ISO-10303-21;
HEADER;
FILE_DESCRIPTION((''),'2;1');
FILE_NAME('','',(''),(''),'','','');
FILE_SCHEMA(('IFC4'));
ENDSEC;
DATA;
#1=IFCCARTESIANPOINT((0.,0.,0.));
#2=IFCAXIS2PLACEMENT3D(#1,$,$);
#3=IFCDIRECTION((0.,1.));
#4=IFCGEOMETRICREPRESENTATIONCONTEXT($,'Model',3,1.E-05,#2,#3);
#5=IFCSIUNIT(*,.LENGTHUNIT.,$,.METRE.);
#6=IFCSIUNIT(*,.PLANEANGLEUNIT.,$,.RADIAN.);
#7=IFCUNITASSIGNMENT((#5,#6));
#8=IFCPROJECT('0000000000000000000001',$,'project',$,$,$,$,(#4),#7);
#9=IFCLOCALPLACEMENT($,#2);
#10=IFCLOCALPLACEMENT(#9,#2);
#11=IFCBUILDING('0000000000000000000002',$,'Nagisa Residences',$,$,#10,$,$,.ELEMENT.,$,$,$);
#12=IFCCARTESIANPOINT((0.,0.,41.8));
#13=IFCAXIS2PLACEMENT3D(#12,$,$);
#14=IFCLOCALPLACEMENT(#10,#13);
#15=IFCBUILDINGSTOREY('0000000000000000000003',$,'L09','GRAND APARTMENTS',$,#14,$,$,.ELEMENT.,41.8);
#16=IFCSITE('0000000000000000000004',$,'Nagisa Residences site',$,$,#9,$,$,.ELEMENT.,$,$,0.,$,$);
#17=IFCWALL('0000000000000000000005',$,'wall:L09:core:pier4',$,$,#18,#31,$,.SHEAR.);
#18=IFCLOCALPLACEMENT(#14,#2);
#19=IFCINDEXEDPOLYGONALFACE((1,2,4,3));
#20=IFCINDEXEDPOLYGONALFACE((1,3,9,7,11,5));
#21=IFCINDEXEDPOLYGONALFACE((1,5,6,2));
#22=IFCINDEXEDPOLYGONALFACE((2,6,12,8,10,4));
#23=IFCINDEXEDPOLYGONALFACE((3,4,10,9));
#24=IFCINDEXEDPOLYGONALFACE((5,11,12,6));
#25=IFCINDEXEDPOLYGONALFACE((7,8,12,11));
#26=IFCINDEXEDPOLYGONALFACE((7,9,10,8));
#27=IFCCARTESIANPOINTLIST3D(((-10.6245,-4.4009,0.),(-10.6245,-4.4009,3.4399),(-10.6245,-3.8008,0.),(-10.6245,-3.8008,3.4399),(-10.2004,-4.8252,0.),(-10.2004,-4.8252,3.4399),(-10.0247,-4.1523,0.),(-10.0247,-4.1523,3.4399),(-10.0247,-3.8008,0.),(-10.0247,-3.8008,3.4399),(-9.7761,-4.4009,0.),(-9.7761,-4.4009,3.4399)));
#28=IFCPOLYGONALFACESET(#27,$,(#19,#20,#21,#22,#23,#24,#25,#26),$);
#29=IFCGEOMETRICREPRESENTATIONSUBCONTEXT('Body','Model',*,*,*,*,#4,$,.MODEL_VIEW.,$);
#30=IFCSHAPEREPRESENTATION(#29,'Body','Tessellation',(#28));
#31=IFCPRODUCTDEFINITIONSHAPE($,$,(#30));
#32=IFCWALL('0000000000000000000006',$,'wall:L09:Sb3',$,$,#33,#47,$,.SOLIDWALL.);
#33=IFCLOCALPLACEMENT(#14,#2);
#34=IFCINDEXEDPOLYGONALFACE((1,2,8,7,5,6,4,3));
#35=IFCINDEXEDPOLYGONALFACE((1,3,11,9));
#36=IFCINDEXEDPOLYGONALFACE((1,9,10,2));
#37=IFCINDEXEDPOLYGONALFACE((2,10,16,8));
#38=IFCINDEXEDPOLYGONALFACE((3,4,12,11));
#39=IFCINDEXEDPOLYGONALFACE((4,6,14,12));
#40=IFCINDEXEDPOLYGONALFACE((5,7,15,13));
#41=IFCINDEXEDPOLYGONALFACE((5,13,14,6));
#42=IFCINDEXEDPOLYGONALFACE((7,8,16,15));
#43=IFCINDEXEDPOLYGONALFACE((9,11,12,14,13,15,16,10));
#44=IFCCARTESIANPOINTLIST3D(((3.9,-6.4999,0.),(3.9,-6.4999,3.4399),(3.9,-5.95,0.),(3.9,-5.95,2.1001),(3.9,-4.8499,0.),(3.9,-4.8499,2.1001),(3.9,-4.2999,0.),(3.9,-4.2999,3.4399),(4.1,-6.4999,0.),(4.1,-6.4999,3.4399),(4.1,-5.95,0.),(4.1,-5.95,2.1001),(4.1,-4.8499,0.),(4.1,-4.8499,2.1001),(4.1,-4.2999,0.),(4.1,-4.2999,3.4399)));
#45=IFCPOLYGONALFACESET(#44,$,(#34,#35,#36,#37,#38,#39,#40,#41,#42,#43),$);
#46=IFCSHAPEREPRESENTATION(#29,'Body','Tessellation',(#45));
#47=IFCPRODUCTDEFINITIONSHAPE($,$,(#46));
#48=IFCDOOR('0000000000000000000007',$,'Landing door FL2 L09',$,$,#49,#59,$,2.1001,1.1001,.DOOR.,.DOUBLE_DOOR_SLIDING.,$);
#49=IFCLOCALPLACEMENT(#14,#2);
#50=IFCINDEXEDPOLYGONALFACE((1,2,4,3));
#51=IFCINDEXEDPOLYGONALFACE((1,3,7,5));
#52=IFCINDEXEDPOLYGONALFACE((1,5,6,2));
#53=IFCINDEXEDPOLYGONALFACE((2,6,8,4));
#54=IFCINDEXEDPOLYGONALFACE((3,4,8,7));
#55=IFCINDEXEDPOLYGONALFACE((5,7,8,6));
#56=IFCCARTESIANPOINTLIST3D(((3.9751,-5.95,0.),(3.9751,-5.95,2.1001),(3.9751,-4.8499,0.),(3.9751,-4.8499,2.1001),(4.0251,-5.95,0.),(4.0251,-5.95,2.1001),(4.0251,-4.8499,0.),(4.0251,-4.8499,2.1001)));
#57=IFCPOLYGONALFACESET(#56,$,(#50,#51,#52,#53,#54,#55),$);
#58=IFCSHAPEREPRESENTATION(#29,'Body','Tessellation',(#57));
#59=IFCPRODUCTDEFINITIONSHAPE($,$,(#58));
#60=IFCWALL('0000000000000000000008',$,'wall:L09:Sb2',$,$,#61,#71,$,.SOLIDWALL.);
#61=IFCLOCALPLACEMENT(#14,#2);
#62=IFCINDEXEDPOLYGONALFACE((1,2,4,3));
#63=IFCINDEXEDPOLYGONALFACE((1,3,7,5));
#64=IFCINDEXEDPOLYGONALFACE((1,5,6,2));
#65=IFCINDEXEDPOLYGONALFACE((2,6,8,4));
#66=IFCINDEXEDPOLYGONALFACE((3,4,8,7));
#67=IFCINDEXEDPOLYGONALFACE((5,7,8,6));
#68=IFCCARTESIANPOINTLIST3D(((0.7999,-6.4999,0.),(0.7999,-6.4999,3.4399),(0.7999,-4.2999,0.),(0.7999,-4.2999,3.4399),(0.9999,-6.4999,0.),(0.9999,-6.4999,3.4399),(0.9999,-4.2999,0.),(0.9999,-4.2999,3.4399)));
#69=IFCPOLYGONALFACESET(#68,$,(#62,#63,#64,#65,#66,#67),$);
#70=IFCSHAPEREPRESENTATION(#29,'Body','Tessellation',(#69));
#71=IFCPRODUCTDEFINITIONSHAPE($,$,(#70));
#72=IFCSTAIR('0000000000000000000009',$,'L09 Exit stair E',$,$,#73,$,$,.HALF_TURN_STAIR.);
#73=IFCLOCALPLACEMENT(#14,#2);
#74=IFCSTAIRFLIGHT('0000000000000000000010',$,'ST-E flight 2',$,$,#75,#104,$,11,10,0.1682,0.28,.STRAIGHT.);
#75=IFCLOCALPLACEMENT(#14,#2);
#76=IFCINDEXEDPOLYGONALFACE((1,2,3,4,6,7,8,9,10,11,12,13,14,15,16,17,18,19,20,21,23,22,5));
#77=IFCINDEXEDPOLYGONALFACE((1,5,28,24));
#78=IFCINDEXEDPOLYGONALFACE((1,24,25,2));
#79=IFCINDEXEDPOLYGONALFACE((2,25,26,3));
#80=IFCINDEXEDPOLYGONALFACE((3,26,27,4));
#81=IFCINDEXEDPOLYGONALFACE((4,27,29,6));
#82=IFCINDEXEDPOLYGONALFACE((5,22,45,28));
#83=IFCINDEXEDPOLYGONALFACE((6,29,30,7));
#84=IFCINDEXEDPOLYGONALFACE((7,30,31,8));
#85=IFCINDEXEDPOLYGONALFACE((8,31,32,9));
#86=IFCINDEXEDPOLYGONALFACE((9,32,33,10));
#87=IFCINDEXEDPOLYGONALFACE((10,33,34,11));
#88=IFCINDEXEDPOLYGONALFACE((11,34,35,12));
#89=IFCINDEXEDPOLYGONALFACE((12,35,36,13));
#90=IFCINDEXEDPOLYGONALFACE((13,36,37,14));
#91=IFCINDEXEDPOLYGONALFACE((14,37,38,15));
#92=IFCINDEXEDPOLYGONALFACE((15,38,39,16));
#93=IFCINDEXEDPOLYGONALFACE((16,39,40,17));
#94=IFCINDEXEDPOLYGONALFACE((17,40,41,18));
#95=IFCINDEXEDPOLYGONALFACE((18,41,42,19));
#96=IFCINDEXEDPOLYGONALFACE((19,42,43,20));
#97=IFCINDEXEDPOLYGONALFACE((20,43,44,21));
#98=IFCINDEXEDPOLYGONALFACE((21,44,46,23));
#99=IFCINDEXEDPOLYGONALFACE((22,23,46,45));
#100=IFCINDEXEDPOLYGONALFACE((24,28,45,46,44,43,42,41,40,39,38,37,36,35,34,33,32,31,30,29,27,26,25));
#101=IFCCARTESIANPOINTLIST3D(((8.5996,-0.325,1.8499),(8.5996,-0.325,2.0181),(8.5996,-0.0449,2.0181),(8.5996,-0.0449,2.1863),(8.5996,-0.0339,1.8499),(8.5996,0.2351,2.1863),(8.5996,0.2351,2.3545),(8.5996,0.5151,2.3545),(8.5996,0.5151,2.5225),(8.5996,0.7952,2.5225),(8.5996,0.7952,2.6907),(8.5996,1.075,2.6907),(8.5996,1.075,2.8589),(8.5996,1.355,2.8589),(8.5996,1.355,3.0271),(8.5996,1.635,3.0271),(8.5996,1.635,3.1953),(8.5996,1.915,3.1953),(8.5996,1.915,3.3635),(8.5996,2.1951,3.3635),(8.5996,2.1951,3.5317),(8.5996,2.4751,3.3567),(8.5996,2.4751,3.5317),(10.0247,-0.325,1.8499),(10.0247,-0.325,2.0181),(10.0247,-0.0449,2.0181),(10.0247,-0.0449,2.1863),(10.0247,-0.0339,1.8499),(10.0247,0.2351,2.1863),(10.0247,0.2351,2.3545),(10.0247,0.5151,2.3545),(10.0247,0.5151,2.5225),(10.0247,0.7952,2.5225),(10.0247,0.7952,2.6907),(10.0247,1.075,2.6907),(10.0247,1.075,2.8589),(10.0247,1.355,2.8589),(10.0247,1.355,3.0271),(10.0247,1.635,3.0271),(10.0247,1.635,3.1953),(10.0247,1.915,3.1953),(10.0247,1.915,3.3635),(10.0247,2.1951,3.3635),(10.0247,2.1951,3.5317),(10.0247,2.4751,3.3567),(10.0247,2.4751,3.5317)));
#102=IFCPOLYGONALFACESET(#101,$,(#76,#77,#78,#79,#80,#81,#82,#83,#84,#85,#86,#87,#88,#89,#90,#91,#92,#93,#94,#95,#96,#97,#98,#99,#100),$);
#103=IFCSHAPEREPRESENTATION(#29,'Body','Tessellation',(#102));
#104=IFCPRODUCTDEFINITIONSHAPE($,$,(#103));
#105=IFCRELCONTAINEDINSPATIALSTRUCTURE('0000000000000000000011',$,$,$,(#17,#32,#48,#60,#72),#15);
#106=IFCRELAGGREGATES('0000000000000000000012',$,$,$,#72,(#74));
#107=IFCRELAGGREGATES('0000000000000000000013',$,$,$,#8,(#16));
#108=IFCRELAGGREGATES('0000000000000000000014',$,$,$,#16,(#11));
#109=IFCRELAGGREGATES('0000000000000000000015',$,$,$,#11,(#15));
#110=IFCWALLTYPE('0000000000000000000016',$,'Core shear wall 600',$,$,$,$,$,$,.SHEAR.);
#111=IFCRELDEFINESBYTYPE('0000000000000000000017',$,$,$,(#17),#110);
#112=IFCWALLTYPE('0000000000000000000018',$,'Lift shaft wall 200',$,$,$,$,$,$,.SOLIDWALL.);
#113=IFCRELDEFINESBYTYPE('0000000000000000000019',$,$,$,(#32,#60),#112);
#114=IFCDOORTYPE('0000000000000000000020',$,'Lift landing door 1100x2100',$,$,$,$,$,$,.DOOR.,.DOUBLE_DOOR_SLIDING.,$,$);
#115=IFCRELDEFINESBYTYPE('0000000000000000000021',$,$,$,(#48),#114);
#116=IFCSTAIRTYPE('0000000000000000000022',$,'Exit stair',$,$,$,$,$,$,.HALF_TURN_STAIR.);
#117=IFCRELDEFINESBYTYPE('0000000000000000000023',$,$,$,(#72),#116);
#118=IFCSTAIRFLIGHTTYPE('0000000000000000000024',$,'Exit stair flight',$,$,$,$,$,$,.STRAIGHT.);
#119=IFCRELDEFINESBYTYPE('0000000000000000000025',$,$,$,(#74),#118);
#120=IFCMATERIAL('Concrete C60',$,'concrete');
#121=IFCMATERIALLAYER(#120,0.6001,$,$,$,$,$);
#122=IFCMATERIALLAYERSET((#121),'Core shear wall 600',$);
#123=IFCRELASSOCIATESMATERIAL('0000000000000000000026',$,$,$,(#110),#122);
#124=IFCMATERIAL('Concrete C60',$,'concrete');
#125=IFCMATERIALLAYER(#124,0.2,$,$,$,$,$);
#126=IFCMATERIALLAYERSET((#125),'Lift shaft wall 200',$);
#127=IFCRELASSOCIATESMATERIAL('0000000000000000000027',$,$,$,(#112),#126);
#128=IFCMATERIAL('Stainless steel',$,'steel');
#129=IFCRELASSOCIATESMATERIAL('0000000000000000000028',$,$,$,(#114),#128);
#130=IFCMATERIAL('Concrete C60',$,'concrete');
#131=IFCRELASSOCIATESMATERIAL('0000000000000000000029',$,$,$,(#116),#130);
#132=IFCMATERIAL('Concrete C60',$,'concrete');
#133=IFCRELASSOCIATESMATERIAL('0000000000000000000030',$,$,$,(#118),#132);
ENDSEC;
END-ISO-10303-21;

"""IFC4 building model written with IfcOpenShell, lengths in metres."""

from ifc_helpers import new_model, si_unit, direction, frame, frame_2d, origin, place, context, subcontext, project, spatial, polyline, rectangle, outline, extrude, material, layer, layer_set, type_object, element, fill, aggregate, save


model = new_model("IFC4")

# Units and contexts
model_context = context("Model", 3, precision=1e-05, world=origin(), true_north=direction((0.0, 1.0)))
body_context = subcontext(model_context, "Body", "Model", "MODEL_VIEW")
ifc_project = project(units=[si_unit("LENGTHUNIT", "METRE"), si_unit("PLANEANGLEUNIT", "RADIAN")], contexts=[model_context])

# Site, building, storey
site_placement = place(None, origin())
site = spatial("IfcSite", under=ifc_project, at=site_placement, Name="Nagisa Residences site", CompositionType="ELEMENT", RefElevation=0.0)
building_placement = place(site_placement, origin())
building = spatial("IfcBuilding", under=site, at=building_placement, Name="Nagisa Residences", CompositionType="ELEMENT")
storey_placement = place(building_placement, frame((0.0, 0.0, 41.8)))
storey = spatial("IfcBuildingStorey", under=building, at=storey_placement, Name="L09", Description="GRAND APARTMENTS", CompositionType="ELEMENT", Elevation=41.8)

# Wall
ifc_material_1 = material(Name="Concrete C60", Category="concrete")
ifc_layer_1 = layer(ifc_material_1, 0.6001)
ifc_layer_set_1 = layer_set([ifc_layer_1], Name="Core shear wall 600")
wall_type_1 = type_object("IfcWallType", Name="Core shear wall 600", PredefinedType="SHEAR", material=ifc_layer_set_1)
wall_1_placement = place(storey_placement, origin())
element("IfcWall", 1, at=wall_1_placement, inside=storey, type_object=wall_type_1, Name="wall:L09:core:pier4", PredefinedType="SHEAR", context=body_context, shape_type="SweptSolid", body=[
    extrude(outline(polyline([(-10.6245, -3.8008), (-10.0247, -3.8008), (-10.0247, -4.1523), (-9.7761, -4.4009), (-10.2004, -4.8252), (-10.6245, -4.4009), (-10.6245, -3.8008)])), origin(), (0.0, 0.0, 1.0), 3.4399),
])

# Wall, opening, door
ifc_material_2 = material(Name="Concrete C60", Category="concrete")
ifc_layer_2 = layer(ifc_material_2, 0.2)
ifc_layer_set_2 = layer_set([ifc_layer_2], Name="Lift shaft wall 200")
wall_type_2 = type_object("IfcWallType", Name="Lift shaft wall 200", PredefinedType="SOLIDWALL", material=ifc_layer_set_2)
wall_2_placement = place(storey_placement, frame((4.0, -6.5, 0.0), z_axis=(0.0, 0.0, 1.0), x_axis=(0.0, 1.0, 0.0)))
wall_2 = element("IfcWall", 2, at=wall_2_placement, inside=storey, type_object=wall_type_2, Name="wall:L09:Sb3", PredefinedType="SOLIDWALL", context=body_context, shape_type="SweptSolid", body=[
    extrude(rectangle(XDim=2.2, YDim=0.2, at=frame_2d((1.1001, 0.0))), origin(), (0.0, 0.0, 1.0), 3.4399),
])
opening_placement = place(wall_2_placement, frame((0.55, 0.0, 0.0)))
opening = element("IfcOpeningElement", 3, at=opening_placement, cuts=wall_2, PredefinedType="OPENING", context=body_context, shape_type="SweptSolid", body=[
    extrude(rectangle(XDim=1.1001, YDim=2.1001, at=frame_2d((0.55, 1.05))), frame((0.0, 0.1099, 0.0), z_axis=(0.0, -1.0, 0.0), x_axis=(1.0, 0.0, 0.0)), (0.0, 0.0, 1.0), 0.22),
])
ifc_material_3 = material(Name="Stainless steel", Category="steel")
door_type = type_object("IfcDoorType", Name="Lift landing door 1100x2100", OperationType="DOUBLE_DOOR_SLIDING", PredefinedType="DOOR", material=ifc_material_3)
door_placement = place(opening_placement, origin())
door = element("IfcDoor", 4, at=door_placement, inside=storey, type_object=door_type, Name="Landing door FL2 L09", OperationType="DOUBLE_DOOR_SLIDING", OverallHeight=2.1001, OverallWidth=1.1001, PredefinedType="DOOR", context=body_context, shape_type="SweptSolid", body=[
    extrude(rectangle(XDim=1.1001, YDim=2.1001, at=frame_2d((0.55, 1.05))), frame((0.0, 0.0249, 0.0), z_axis=(0.0, -1.0, 0.0), x_axis=(1.0, 0.0, 0.0)), (0.0, 0.0, 1.0), 0.05),
])
fill(opening, door)

# Wall
wall_3_placement = place(storey_placement, frame((0.8999, -6.5, 0.0), z_axis=(0.0, 0.0, 1.0), x_axis=(0.0, 1.0, 0.0)))
element("IfcWall", 5, at=wall_3_placement, inside=storey, type_object=wall_type_2, Name="wall:L09:Sb2", PredefinedType="SOLIDWALL", context=body_context, shape_type="SweptSolid", body=[
    extrude(rectangle(XDim=2.2, YDim=0.2, at=frame_2d((1.1001, 0.0))), origin(), (0.0, 0.0, 1.0), 3.4399),
])

# Stair, stair flight
ifc_material_4 = material(Name="Concrete C60", Category="concrete")
stair_type = type_object("IfcStairType", Name="Exit stair", PredefinedType="HALF_TURN_STAIR", material=ifc_material_4)
stair_placement = place(storey_placement, origin())
stair = element("IfcStair", 6, at=stair_placement, inside=storey, type_object=stair_type, Name="L09 Exit stair E", PredefinedType="HALF_TURN_STAIR")
ifc_material_5 = material(Name="Concrete C60", Category="concrete")
stair_flight_type = type_object("IfcStairFlightType", Name="Exit stair flight", PredefinedType="STRAIGHT", material=ifc_material_5)
stair_flight_placement = place(storey_placement, frame((9.312, -0.325, 1.8499), z_axis=(0.0, 0.0, 1.0), x_axis=(0.0, 1.0, 0.0)))
stair_flight = element("IfcStairFlight", 7, at=stair_flight_placement, type_object=stair_flight_type, Name="ST-E flight 2", NumberOfRisers=11, NumberOfTreads=10, PredefinedType="STRAIGHT", RiserHeight=0.1682, TreadLength=0.28, context=body_context, shape_type="SweptSolid", body=[
    extrude(outline(polyline([(0.0, 0.0), (0.0, 0.1682), (0.28, 0.1682), (0.28, 0.3364), (0.5601, 0.3364), (0.5601, 0.5046), (0.8401, 0.5046), (0.8401, 0.6726), (1.1201, 0.6726), (1.1201, 0.8408), (1.3999, 0.8408), (1.3999, 1.009), (1.6799, 1.009), (1.6799, 1.1772), (1.96, 1.1772), (1.96, 1.3455), (2.24, 1.3455), (2.24, 1.5137), (2.52, 1.5137), (2.52, 1.6819), (2.8, 1.6819), (2.8, 1.8501), (2.8, 1.5068), (0.291, 0.0), (0.0, 0.0)])), frame((0.0, 0.7124, 0.0), z_axis=(0.0, -1.0, 0.0), x_axis=(1.0, 0.0, 0.0)), (0.0, 0.0, 1.0), 1.425),
])
aggregate(stair, [stair_flight])

save(model, "model.ifc")
